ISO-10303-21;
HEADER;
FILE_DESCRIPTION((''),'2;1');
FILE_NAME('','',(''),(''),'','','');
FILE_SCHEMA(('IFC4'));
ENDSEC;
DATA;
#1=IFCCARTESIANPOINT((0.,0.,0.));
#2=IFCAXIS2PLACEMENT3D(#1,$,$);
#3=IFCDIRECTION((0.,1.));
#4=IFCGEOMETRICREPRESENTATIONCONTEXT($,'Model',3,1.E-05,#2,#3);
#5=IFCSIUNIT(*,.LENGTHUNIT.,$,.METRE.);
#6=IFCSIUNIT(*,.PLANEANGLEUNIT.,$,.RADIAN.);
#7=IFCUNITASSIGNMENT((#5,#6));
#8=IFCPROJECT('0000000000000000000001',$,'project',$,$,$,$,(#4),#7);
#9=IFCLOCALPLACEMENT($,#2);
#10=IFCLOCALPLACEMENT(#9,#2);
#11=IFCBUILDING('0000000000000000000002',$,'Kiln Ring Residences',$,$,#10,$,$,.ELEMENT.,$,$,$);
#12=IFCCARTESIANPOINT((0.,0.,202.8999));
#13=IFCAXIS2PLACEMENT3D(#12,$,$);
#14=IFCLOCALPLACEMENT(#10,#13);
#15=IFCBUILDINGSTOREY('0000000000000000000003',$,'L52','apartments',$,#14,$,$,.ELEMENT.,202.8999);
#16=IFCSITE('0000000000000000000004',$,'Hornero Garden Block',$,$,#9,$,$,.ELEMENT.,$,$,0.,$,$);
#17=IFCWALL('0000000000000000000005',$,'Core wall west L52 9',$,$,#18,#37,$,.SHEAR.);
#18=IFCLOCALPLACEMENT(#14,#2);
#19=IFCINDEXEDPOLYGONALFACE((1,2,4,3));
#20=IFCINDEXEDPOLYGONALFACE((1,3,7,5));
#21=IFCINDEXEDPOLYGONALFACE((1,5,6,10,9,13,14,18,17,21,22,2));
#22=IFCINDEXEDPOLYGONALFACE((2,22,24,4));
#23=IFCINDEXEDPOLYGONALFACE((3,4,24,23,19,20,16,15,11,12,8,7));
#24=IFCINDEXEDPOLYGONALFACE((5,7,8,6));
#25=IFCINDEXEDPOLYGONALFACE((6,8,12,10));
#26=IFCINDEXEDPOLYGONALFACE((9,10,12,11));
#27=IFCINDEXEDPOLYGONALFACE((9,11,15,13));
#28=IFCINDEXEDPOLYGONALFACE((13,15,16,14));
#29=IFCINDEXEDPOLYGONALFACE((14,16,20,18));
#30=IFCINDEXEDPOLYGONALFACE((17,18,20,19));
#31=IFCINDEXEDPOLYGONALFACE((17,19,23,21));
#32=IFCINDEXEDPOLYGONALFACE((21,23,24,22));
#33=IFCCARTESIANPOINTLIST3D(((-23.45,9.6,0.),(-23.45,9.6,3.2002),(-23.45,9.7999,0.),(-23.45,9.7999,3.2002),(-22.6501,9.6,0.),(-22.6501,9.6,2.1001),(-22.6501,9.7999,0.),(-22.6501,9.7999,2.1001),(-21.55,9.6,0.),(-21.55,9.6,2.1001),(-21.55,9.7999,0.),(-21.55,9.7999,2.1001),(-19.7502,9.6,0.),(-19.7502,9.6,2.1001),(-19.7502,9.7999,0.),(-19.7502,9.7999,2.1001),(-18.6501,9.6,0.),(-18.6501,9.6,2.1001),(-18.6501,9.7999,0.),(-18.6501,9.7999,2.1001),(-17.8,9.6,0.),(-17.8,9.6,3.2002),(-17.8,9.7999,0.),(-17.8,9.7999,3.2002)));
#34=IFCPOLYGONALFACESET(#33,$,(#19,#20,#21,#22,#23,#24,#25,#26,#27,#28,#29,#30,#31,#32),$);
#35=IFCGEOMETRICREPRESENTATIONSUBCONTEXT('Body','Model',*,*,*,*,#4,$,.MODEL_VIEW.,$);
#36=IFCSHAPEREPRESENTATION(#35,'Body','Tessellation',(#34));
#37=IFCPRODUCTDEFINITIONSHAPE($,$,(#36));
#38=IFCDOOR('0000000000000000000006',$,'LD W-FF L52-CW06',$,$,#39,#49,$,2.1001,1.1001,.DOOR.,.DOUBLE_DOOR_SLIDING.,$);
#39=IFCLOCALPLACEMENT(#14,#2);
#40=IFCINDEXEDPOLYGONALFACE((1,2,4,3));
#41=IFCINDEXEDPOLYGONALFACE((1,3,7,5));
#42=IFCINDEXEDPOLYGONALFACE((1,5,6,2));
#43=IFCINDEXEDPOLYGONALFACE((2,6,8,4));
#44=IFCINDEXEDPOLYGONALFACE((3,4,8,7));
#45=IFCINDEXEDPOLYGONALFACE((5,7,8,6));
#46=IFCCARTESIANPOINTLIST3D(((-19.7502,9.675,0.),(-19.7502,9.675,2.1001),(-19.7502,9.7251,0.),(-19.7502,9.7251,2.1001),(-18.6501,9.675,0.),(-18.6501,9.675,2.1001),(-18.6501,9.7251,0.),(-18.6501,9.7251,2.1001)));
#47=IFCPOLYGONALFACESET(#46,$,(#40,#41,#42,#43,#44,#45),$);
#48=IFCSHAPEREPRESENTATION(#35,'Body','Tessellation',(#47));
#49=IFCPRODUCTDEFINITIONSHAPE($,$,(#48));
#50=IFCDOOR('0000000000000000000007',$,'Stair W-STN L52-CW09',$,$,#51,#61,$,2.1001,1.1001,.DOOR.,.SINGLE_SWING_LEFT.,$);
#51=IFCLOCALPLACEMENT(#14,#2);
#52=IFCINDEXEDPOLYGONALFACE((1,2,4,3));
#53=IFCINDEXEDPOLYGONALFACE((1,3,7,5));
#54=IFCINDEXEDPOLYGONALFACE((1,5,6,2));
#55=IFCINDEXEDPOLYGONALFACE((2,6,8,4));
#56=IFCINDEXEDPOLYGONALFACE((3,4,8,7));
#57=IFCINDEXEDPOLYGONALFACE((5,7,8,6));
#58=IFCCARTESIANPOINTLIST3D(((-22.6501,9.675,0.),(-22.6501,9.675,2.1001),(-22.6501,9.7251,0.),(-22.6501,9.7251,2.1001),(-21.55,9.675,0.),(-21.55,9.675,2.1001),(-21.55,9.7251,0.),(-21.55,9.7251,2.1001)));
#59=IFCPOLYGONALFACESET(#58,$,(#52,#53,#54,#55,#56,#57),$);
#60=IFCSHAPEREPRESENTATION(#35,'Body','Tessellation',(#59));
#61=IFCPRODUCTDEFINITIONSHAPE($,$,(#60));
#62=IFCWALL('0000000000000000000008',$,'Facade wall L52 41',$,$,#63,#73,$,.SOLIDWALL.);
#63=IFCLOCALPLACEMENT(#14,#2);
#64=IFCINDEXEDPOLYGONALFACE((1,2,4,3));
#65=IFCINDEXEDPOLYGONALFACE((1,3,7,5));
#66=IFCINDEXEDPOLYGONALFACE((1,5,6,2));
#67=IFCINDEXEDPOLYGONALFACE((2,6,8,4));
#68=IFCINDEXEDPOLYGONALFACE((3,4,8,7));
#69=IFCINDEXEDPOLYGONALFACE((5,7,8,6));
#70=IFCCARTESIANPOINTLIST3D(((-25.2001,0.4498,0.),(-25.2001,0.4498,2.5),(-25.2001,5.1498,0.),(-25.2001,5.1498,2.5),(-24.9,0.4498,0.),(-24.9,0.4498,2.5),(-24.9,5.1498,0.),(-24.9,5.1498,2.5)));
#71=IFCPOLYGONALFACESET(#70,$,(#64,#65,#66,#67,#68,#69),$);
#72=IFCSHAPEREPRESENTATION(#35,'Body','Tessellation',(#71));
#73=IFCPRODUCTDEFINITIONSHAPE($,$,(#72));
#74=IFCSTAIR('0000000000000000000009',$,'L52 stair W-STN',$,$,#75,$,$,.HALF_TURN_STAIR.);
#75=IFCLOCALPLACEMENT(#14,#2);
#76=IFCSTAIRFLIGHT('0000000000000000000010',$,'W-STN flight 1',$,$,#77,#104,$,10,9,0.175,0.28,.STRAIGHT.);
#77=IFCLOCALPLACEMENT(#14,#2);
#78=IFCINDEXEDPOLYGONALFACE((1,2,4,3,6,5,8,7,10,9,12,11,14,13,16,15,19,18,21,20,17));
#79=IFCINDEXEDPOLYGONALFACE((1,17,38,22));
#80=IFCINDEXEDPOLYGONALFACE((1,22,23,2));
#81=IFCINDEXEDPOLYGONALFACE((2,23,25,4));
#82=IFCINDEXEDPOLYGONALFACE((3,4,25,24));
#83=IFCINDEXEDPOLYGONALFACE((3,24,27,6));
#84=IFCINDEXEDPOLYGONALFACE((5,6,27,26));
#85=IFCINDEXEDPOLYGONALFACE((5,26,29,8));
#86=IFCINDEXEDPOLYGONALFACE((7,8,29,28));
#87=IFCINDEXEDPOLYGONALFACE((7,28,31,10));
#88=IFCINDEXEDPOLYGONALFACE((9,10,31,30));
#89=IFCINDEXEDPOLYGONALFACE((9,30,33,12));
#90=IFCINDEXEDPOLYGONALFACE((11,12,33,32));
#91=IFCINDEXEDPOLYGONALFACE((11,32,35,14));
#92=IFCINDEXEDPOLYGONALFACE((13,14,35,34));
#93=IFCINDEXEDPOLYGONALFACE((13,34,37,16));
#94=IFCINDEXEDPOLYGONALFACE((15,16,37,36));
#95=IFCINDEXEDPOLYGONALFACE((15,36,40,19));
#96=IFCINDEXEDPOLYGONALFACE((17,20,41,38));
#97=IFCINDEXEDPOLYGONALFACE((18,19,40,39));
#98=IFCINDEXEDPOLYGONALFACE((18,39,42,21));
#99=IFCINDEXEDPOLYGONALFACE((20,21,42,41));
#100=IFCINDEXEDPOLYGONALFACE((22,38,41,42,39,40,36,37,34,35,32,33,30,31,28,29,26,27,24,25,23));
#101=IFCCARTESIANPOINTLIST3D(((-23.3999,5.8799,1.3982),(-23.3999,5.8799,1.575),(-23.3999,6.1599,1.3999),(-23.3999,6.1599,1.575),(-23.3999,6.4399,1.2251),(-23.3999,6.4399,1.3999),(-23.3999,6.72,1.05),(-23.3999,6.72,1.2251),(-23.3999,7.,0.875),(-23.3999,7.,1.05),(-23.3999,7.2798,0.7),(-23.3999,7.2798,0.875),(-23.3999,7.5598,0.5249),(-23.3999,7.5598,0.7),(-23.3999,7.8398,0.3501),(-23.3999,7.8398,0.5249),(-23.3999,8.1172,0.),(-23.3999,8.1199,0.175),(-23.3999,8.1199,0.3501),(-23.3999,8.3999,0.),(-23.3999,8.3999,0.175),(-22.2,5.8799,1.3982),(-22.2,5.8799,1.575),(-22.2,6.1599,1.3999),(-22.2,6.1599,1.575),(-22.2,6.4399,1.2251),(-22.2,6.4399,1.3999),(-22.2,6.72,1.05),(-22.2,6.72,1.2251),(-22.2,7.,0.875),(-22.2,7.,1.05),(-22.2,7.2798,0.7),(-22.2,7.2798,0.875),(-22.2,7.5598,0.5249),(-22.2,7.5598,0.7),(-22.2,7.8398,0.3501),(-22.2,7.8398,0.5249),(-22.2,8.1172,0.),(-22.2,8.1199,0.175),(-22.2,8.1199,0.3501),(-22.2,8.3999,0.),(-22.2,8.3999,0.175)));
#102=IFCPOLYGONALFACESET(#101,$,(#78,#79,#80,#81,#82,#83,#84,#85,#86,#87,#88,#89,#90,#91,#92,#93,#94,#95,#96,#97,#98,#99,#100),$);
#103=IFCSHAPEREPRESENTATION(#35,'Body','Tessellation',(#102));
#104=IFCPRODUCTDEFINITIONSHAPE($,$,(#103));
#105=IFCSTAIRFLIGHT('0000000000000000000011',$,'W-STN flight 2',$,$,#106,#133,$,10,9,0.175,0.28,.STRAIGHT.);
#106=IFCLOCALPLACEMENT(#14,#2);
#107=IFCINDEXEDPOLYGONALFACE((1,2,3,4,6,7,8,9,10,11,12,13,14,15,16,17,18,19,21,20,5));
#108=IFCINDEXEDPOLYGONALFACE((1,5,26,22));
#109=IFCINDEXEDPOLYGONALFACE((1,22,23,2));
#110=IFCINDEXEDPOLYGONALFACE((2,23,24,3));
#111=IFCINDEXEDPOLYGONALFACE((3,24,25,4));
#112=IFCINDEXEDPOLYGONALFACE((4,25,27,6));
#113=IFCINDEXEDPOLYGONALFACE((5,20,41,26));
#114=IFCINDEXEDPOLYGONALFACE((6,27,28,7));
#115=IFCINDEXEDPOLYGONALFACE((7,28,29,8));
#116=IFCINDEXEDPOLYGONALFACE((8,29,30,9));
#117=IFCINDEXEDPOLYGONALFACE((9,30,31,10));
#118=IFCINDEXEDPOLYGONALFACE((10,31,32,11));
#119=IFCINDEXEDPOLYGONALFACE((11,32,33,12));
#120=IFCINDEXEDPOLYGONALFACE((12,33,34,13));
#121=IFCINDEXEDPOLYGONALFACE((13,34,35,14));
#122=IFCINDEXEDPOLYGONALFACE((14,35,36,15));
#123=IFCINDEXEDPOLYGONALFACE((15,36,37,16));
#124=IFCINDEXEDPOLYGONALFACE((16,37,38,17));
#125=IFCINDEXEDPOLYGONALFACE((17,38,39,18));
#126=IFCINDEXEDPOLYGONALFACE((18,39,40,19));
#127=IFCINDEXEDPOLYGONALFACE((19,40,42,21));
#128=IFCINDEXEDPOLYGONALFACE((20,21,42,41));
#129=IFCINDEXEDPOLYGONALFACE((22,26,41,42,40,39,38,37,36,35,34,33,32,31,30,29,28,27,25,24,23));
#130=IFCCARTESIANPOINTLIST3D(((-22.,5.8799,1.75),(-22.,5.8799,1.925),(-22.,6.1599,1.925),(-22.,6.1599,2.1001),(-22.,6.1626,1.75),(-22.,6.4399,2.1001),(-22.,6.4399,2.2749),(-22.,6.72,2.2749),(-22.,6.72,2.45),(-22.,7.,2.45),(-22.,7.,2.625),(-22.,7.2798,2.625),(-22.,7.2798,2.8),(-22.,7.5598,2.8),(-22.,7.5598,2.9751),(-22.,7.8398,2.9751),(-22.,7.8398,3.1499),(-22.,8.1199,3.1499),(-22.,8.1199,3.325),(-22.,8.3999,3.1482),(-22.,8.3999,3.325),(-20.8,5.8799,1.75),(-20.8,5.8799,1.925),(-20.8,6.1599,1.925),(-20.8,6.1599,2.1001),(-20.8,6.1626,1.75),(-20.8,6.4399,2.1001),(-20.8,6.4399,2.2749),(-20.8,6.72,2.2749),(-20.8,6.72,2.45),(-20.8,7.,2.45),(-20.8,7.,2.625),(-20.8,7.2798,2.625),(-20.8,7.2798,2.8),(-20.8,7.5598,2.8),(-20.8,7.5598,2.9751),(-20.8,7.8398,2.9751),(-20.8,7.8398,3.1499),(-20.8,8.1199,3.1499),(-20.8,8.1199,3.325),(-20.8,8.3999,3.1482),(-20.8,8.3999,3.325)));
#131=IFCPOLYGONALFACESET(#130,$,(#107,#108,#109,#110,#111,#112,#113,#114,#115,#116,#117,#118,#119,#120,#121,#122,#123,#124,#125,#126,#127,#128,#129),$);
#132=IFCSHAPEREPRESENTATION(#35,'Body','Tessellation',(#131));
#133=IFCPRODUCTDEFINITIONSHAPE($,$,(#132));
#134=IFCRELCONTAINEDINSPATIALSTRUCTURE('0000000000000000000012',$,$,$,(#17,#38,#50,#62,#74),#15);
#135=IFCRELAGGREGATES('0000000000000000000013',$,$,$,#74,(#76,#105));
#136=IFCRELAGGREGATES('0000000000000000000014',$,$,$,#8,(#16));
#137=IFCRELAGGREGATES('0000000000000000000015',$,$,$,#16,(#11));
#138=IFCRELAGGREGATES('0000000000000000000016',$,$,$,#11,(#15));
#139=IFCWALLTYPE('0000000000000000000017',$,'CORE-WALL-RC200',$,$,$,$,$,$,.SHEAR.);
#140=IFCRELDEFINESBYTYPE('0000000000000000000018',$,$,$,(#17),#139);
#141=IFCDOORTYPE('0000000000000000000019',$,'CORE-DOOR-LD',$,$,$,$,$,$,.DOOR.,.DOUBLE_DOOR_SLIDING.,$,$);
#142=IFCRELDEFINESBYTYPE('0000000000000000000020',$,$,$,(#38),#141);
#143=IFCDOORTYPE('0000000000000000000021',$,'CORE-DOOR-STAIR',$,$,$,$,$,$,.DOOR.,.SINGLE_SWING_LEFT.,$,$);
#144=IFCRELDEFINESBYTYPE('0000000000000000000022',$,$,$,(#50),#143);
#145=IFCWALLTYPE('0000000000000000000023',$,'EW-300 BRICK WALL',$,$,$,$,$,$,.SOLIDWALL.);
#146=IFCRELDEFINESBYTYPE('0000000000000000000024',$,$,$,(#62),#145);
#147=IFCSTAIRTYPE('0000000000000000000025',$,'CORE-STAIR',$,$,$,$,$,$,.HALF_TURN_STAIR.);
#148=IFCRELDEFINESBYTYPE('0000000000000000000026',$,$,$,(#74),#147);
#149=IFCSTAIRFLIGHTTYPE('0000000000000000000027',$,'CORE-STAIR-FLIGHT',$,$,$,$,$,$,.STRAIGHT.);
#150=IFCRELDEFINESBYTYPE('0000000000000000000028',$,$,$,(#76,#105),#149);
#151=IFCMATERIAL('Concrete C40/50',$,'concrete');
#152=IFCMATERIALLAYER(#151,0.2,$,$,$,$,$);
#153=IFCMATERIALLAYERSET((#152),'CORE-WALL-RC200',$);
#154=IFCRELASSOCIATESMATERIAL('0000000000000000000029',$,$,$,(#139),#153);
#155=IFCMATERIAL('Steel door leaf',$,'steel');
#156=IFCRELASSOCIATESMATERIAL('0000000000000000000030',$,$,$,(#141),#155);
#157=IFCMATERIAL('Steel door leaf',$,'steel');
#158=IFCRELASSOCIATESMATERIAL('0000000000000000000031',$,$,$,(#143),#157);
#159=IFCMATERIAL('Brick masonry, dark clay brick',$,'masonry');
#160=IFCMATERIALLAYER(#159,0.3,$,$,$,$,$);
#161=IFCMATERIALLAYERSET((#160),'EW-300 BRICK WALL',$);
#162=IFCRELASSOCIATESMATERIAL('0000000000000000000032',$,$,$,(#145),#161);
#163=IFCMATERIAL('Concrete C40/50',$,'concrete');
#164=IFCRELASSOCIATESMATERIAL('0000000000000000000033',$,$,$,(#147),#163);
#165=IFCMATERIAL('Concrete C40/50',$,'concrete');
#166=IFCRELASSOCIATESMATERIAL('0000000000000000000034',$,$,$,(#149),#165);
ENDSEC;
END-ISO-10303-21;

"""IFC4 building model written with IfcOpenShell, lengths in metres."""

from ifc_helpers import new_model, si_unit, direction, frame, frame_2d, origin, place, context, subcontext, project, spatial, polyline, rectangle, outline, extrude, material, layer, layer_set, type_object, element, fill, aggregate, save


model = new_model("IFC4")

# Units and contexts
model_context = context("Model", 3, precision=1e-05, world=origin(), true_north=direction((0.0, 1.0)))
body_context = subcontext(model_context, "Body", "Model", "MODEL_VIEW")
ifc_project = project(units=[si_unit("LENGTHUNIT", "METRE"), si_unit("PLANEANGLEUNIT", "RADIAN")], contexts=[model_context])

# Site, building, storey
site_placement = place(None, origin())
site = spatial("IfcSite", under=ifc_project, at=site_placement, Name="Hornero Garden Block", CompositionType="ELEMENT", RefElevation=0.0)
building_placement = place(site_placement, origin())
building = spatial("IfcBuilding", under=site, at=building_placement, Name="Kiln Ring Residences", CompositionType="ELEMENT")
storey_placement = place(building_placement, frame((0.0, 0.0, 202.8999)))
storey = spatial("IfcBuildingStorey", under=building, at=storey_placement, Name="L52", Description="apartments", CompositionType="ELEMENT", Elevation=202.8999)

# Shared definitions
ifc_material_1 = material(Name="Concrete C40/50", Category="concrete")
ifc_layer_1 = layer(ifc_material_1, 0.2)
ifc_layer_set_1 = layer_set([ifc_layer_1], Name="CORE-WALL-RC200")
wall_type_1 = type_object("IfcWallType", Name="CORE-WALL-RC200", PredefinedType="SHEAR", material=ifc_layer_set_1)

# Wall, openings, doors
wall_1_placement = place(storey_placement, frame((-17.8, 9.7, 0.0), z_axis=(0.0, 0.0, 1.0), x_axis=(-1.0, 0.0, 0.0)))
wall_1 = element("IfcWall", 1, at=wall_1_placement, inside=storey, type_object=wall_type_1, Name="Core wall west L52 9", PredefinedType="SHEAR", context=body_context, shape_type="SweptSolid", body=[
    extrude(rectangle(XDim=5.6499, YDim=0.2, at=frame_2d((2.825, 0.0))), origin(), (0.0, 0.0, 1.0), 3.2002),
])
opening_1_placement = place(wall_1_placement, frame((0.8501, 0.0, 0.0)))
opening_1 = element("IfcOpeningElement", 2, at=opening_1_placement, cuts=wall_1, PredefinedType="OPENING", context=body_context, shape_type="SweptSolid", body=[
    extrude(rectangle(XDim=1.1001, YDim=2.1001, at=frame_2d((0.55, 1.05))), frame((0.0, 0.1099, 0.0), z_axis=(0.0, -1.0, 0.0), x_axis=(1.0, 0.0, 0.0)), (0.0, 0.0, 1.0), 0.22),
])
opening_2_placement = place(wall_1_placement, frame((3.75, 0.0, 0.0)))
opening_2 = element("IfcOpeningElement", 3, at=opening_2_placement, cuts=wall_1, PredefinedType="OPENING", context=body_context, shape_type="SweptSolid", body=[
    extrude(rectangle(XDim=1.1001, YDim=2.1001, at=frame_2d((0.55, 1.05))), frame((0.0, 0.1099, 0.0), z_axis=(0.0, -1.0, 0.0), x_axis=(1.0, 0.0, 0.0)), (0.0, 0.0, 1.0), 0.22),
])
ifc_material_2 = material(Name="Steel door leaf", Category="steel")
door_type_1 = type_object("IfcDoorType", Name="CORE-DOOR-LD", OperationType="DOUBLE_DOOR_SLIDING", PredefinedType="DOOR", material=ifc_material_2)
door_1_placement = place(opening_1_placement, origin())
door_1 = element("IfcDoor", 4, at=door_1_placement, inside=storey, type_object=door_type_1, Name="LD W-FF L52-CW06", OperationType="DOUBLE_DOOR_SLIDING", OverallHeight=2.1001, OverallWidth=1.1001, PredefinedType="DOOR", context=body_context, shape_type="SweptSolid", body=[
    extrude(rectangle(XDim=1.1001, YDim=2.1001, at=frame_2d((0.55, 1.05))), frame((0.0, 0.0249, 0.0), z_axis=(0.0, -1.0, 0.0), x_axis=(1.0, 0.0, 0.0)), (0.0, 0.0, 1.0), 0.05),
])
fill(opening_1, door_1)
ifc_material_3 = material(Name="Steel door leaf", Category="steel")
door_type_2 = type_object("IfcDoorType", Name="CORE-DOOR-STAIR", OperationType="SINGLE_SWING_LEFT", PredefinedType="DOOR", material=ifc_material_3)
door_2_placement = place(opening_2_placement, origin())
door_2 = element("IfcDoor", 5, at=door_2_placement, inside=storey, type_object=door_type_2, Name="Stair W-STN L52-CW09", OperationType="SINGLE_SWING_LEFT", OverallHeight=2.1001, OverallWidth=1.1001, PredefinedType="DOOR", context=body_context, shape_type="SweptSolid", body=[
    extrude(rectangle(XDim=1.1001, YDim=2.1001, at=frame_2d((0.55, 1.05))), frame((0.0, 0.0249, 0.0), z_axis=(0.0, -1.0, 0.0), x_axis=(1.0, 0.0, 0.0)), (0.0, 0.0, 1.0), 0.05),
])
fill(opening_2, door_2)

# Wall
ifc_material_4 = material(Name="Brick masonry, dark clay brick", Category="masonry")
ifc_layer_2 = layer(ifc_material_4, 0.3)
ifc_layer_set_2 = layer_set([ifc_layer_2], Name="EW-300 BRICK WALL")
wall_type_2 = type_object("IfcWallType", Name="EW-300 BRICK WALL", PredefinedType="SOLIDWALL", material=ifc_layer_set_2)
wall_2_placement = place(storey_placement, frame((-25.05, 5.1499, 0.0), z_axis=(0.0, 0.0, 1.0), x_axis=(0.0, -1.0, 0.0)))
element("IfcWall", 6, at=wall_2_placement, inside=storey, type_object=wall_type_2, Name="Facade wall L52 41", PredefinedType="SOLIDWALL", context=body_context, shape_type="SweptSolid", body=[
    extrude(rectangle(XDim=4.7, YDim=0.3, at=frame_2d((2.3501, 0.0))), origin(), (0.0, 0.0, 1.0), 2.5),
])

# Stair, stair flights
ifc_material_5 = material(Name="Concrete C40/50", Category="concrete")
stair_type = type_object("IfcStairType", Name="CORE-STAIR", PredefinedType="HALF_TURN_STAIR", material=ifc_material_5)
stair_placement = place(storey_placement, origin())
stair = element("IfcStair", 7, at=stair_placement, inside=storey, type_object=stair_type, Name="L52 stair W-STN", PredefinedType="HALF_TURN_STAIR")
ifc_material_6 = material(Name="Concrete C40/50", Category="concrete")
stair_flight_type = type_object("IfcStairFlightType", Name="CORE-STAIR-FLIGHT", PredefinedType="STRAIGHT", material=ifc_material_6)
stair_flight_1_placement = place(storey_placement, frame((-22.8, 8.3999, 0.0), z_axis=(0.0, 0.0, 1.0), x_axis=(0.0, -1.0, 0.0)))
stair_flight_1 = element("IfcStairFlight", 8, at=stair_flight_1_placement, type_object=stair_flight_type, Name="W-STN flight 1", NumberOfRisers=10, NumberOfTreads=9, PredefinedType="STRAIGHT", RiserHeight=0.175, TreadLength=0.28, context=body_context, shape_type="SweptSolid", body=[
    extrude(outline(polyline([(0.0, 0.0), (0.0, 0.175), (0.28, 0.175), (0.28, 0.3501), (0.5601, 0.3501), (0.5601, 0.5249), (0.8401, 0.5249), (0.8401, 0.7), (1.1201, 0.7), (1.1201, 0.875), (1.3999, 0.875), (1.3999, 1.05), (1.6799, 1.05), (1.6799, 1.2251), (1.96, 1.2251), (1.96, 1.3999), (2.24, 1.3999), (2.24, 1.575), (2.52, 1.575), (2.52, 1.75), (2.52, 1.3982), (0.2827, 0.0), (0.0, 0.0)])), frame((0.0, 0.6001, 0.0), z_axis=(0.0, -1.0, 0.0), x_axis=(1.0, 0.0, 0.0)), (0.0, 0.0, 1.0), 1.2),
])
stair_flight_2_placement = place(storey_placement, frame((-21.3999, 5.8799, 1.75), z_axis=(0.0, 0.0, 1.0), x_axis=(0.0, 1.0, 0.0)))
stair_flight_2 = element("IfcStairFlight", 9, at=stair_flight_2_placement, type_object=stair_flight_type, Name="W-STN flight 2", NumberOfRisers=10, NumberOfTreads=9, PredefinedType="STRAIGHT", RiserHeight=0.175, TreadLength=0.28, context=body_context, shape_type="SweptSolid", body=[
    extrude(outline(polyline([(0.0, 0.0), (0.0, 0.175), (0.28, 0.175), (0.28, 0.3501), (0.5601, 0.3501), (0.5601, 0.5249), (0.8401, 0.5249), (0.8401, 0.7), (1.1201, 0.7), (1.1201, 0.875), (1.3999, 0.875), (1.3999, 1.05), (1.6799, 1.05), (1.6799, 1.2251), (1.96, 1.2251), (1.96, 1.3999), (2.24, 1.3999), (2.24, 1.575), (2.52, 1.575), (2.52, 1.75), (2.52, 1.3982), (0.2827, 0.0), (0.0, 0.0)])), frame((0.0, 0.6001, 0.0), z_axis=(0.0, -1.0, 0.0), x_axis=(1.0, 0.0, 0.0)), (0.0, 0.0, 1.0), 1.2),
])
aggregate(stair, [stair_flight_1, stair_flight_2])

save(model, "model.ifc")
